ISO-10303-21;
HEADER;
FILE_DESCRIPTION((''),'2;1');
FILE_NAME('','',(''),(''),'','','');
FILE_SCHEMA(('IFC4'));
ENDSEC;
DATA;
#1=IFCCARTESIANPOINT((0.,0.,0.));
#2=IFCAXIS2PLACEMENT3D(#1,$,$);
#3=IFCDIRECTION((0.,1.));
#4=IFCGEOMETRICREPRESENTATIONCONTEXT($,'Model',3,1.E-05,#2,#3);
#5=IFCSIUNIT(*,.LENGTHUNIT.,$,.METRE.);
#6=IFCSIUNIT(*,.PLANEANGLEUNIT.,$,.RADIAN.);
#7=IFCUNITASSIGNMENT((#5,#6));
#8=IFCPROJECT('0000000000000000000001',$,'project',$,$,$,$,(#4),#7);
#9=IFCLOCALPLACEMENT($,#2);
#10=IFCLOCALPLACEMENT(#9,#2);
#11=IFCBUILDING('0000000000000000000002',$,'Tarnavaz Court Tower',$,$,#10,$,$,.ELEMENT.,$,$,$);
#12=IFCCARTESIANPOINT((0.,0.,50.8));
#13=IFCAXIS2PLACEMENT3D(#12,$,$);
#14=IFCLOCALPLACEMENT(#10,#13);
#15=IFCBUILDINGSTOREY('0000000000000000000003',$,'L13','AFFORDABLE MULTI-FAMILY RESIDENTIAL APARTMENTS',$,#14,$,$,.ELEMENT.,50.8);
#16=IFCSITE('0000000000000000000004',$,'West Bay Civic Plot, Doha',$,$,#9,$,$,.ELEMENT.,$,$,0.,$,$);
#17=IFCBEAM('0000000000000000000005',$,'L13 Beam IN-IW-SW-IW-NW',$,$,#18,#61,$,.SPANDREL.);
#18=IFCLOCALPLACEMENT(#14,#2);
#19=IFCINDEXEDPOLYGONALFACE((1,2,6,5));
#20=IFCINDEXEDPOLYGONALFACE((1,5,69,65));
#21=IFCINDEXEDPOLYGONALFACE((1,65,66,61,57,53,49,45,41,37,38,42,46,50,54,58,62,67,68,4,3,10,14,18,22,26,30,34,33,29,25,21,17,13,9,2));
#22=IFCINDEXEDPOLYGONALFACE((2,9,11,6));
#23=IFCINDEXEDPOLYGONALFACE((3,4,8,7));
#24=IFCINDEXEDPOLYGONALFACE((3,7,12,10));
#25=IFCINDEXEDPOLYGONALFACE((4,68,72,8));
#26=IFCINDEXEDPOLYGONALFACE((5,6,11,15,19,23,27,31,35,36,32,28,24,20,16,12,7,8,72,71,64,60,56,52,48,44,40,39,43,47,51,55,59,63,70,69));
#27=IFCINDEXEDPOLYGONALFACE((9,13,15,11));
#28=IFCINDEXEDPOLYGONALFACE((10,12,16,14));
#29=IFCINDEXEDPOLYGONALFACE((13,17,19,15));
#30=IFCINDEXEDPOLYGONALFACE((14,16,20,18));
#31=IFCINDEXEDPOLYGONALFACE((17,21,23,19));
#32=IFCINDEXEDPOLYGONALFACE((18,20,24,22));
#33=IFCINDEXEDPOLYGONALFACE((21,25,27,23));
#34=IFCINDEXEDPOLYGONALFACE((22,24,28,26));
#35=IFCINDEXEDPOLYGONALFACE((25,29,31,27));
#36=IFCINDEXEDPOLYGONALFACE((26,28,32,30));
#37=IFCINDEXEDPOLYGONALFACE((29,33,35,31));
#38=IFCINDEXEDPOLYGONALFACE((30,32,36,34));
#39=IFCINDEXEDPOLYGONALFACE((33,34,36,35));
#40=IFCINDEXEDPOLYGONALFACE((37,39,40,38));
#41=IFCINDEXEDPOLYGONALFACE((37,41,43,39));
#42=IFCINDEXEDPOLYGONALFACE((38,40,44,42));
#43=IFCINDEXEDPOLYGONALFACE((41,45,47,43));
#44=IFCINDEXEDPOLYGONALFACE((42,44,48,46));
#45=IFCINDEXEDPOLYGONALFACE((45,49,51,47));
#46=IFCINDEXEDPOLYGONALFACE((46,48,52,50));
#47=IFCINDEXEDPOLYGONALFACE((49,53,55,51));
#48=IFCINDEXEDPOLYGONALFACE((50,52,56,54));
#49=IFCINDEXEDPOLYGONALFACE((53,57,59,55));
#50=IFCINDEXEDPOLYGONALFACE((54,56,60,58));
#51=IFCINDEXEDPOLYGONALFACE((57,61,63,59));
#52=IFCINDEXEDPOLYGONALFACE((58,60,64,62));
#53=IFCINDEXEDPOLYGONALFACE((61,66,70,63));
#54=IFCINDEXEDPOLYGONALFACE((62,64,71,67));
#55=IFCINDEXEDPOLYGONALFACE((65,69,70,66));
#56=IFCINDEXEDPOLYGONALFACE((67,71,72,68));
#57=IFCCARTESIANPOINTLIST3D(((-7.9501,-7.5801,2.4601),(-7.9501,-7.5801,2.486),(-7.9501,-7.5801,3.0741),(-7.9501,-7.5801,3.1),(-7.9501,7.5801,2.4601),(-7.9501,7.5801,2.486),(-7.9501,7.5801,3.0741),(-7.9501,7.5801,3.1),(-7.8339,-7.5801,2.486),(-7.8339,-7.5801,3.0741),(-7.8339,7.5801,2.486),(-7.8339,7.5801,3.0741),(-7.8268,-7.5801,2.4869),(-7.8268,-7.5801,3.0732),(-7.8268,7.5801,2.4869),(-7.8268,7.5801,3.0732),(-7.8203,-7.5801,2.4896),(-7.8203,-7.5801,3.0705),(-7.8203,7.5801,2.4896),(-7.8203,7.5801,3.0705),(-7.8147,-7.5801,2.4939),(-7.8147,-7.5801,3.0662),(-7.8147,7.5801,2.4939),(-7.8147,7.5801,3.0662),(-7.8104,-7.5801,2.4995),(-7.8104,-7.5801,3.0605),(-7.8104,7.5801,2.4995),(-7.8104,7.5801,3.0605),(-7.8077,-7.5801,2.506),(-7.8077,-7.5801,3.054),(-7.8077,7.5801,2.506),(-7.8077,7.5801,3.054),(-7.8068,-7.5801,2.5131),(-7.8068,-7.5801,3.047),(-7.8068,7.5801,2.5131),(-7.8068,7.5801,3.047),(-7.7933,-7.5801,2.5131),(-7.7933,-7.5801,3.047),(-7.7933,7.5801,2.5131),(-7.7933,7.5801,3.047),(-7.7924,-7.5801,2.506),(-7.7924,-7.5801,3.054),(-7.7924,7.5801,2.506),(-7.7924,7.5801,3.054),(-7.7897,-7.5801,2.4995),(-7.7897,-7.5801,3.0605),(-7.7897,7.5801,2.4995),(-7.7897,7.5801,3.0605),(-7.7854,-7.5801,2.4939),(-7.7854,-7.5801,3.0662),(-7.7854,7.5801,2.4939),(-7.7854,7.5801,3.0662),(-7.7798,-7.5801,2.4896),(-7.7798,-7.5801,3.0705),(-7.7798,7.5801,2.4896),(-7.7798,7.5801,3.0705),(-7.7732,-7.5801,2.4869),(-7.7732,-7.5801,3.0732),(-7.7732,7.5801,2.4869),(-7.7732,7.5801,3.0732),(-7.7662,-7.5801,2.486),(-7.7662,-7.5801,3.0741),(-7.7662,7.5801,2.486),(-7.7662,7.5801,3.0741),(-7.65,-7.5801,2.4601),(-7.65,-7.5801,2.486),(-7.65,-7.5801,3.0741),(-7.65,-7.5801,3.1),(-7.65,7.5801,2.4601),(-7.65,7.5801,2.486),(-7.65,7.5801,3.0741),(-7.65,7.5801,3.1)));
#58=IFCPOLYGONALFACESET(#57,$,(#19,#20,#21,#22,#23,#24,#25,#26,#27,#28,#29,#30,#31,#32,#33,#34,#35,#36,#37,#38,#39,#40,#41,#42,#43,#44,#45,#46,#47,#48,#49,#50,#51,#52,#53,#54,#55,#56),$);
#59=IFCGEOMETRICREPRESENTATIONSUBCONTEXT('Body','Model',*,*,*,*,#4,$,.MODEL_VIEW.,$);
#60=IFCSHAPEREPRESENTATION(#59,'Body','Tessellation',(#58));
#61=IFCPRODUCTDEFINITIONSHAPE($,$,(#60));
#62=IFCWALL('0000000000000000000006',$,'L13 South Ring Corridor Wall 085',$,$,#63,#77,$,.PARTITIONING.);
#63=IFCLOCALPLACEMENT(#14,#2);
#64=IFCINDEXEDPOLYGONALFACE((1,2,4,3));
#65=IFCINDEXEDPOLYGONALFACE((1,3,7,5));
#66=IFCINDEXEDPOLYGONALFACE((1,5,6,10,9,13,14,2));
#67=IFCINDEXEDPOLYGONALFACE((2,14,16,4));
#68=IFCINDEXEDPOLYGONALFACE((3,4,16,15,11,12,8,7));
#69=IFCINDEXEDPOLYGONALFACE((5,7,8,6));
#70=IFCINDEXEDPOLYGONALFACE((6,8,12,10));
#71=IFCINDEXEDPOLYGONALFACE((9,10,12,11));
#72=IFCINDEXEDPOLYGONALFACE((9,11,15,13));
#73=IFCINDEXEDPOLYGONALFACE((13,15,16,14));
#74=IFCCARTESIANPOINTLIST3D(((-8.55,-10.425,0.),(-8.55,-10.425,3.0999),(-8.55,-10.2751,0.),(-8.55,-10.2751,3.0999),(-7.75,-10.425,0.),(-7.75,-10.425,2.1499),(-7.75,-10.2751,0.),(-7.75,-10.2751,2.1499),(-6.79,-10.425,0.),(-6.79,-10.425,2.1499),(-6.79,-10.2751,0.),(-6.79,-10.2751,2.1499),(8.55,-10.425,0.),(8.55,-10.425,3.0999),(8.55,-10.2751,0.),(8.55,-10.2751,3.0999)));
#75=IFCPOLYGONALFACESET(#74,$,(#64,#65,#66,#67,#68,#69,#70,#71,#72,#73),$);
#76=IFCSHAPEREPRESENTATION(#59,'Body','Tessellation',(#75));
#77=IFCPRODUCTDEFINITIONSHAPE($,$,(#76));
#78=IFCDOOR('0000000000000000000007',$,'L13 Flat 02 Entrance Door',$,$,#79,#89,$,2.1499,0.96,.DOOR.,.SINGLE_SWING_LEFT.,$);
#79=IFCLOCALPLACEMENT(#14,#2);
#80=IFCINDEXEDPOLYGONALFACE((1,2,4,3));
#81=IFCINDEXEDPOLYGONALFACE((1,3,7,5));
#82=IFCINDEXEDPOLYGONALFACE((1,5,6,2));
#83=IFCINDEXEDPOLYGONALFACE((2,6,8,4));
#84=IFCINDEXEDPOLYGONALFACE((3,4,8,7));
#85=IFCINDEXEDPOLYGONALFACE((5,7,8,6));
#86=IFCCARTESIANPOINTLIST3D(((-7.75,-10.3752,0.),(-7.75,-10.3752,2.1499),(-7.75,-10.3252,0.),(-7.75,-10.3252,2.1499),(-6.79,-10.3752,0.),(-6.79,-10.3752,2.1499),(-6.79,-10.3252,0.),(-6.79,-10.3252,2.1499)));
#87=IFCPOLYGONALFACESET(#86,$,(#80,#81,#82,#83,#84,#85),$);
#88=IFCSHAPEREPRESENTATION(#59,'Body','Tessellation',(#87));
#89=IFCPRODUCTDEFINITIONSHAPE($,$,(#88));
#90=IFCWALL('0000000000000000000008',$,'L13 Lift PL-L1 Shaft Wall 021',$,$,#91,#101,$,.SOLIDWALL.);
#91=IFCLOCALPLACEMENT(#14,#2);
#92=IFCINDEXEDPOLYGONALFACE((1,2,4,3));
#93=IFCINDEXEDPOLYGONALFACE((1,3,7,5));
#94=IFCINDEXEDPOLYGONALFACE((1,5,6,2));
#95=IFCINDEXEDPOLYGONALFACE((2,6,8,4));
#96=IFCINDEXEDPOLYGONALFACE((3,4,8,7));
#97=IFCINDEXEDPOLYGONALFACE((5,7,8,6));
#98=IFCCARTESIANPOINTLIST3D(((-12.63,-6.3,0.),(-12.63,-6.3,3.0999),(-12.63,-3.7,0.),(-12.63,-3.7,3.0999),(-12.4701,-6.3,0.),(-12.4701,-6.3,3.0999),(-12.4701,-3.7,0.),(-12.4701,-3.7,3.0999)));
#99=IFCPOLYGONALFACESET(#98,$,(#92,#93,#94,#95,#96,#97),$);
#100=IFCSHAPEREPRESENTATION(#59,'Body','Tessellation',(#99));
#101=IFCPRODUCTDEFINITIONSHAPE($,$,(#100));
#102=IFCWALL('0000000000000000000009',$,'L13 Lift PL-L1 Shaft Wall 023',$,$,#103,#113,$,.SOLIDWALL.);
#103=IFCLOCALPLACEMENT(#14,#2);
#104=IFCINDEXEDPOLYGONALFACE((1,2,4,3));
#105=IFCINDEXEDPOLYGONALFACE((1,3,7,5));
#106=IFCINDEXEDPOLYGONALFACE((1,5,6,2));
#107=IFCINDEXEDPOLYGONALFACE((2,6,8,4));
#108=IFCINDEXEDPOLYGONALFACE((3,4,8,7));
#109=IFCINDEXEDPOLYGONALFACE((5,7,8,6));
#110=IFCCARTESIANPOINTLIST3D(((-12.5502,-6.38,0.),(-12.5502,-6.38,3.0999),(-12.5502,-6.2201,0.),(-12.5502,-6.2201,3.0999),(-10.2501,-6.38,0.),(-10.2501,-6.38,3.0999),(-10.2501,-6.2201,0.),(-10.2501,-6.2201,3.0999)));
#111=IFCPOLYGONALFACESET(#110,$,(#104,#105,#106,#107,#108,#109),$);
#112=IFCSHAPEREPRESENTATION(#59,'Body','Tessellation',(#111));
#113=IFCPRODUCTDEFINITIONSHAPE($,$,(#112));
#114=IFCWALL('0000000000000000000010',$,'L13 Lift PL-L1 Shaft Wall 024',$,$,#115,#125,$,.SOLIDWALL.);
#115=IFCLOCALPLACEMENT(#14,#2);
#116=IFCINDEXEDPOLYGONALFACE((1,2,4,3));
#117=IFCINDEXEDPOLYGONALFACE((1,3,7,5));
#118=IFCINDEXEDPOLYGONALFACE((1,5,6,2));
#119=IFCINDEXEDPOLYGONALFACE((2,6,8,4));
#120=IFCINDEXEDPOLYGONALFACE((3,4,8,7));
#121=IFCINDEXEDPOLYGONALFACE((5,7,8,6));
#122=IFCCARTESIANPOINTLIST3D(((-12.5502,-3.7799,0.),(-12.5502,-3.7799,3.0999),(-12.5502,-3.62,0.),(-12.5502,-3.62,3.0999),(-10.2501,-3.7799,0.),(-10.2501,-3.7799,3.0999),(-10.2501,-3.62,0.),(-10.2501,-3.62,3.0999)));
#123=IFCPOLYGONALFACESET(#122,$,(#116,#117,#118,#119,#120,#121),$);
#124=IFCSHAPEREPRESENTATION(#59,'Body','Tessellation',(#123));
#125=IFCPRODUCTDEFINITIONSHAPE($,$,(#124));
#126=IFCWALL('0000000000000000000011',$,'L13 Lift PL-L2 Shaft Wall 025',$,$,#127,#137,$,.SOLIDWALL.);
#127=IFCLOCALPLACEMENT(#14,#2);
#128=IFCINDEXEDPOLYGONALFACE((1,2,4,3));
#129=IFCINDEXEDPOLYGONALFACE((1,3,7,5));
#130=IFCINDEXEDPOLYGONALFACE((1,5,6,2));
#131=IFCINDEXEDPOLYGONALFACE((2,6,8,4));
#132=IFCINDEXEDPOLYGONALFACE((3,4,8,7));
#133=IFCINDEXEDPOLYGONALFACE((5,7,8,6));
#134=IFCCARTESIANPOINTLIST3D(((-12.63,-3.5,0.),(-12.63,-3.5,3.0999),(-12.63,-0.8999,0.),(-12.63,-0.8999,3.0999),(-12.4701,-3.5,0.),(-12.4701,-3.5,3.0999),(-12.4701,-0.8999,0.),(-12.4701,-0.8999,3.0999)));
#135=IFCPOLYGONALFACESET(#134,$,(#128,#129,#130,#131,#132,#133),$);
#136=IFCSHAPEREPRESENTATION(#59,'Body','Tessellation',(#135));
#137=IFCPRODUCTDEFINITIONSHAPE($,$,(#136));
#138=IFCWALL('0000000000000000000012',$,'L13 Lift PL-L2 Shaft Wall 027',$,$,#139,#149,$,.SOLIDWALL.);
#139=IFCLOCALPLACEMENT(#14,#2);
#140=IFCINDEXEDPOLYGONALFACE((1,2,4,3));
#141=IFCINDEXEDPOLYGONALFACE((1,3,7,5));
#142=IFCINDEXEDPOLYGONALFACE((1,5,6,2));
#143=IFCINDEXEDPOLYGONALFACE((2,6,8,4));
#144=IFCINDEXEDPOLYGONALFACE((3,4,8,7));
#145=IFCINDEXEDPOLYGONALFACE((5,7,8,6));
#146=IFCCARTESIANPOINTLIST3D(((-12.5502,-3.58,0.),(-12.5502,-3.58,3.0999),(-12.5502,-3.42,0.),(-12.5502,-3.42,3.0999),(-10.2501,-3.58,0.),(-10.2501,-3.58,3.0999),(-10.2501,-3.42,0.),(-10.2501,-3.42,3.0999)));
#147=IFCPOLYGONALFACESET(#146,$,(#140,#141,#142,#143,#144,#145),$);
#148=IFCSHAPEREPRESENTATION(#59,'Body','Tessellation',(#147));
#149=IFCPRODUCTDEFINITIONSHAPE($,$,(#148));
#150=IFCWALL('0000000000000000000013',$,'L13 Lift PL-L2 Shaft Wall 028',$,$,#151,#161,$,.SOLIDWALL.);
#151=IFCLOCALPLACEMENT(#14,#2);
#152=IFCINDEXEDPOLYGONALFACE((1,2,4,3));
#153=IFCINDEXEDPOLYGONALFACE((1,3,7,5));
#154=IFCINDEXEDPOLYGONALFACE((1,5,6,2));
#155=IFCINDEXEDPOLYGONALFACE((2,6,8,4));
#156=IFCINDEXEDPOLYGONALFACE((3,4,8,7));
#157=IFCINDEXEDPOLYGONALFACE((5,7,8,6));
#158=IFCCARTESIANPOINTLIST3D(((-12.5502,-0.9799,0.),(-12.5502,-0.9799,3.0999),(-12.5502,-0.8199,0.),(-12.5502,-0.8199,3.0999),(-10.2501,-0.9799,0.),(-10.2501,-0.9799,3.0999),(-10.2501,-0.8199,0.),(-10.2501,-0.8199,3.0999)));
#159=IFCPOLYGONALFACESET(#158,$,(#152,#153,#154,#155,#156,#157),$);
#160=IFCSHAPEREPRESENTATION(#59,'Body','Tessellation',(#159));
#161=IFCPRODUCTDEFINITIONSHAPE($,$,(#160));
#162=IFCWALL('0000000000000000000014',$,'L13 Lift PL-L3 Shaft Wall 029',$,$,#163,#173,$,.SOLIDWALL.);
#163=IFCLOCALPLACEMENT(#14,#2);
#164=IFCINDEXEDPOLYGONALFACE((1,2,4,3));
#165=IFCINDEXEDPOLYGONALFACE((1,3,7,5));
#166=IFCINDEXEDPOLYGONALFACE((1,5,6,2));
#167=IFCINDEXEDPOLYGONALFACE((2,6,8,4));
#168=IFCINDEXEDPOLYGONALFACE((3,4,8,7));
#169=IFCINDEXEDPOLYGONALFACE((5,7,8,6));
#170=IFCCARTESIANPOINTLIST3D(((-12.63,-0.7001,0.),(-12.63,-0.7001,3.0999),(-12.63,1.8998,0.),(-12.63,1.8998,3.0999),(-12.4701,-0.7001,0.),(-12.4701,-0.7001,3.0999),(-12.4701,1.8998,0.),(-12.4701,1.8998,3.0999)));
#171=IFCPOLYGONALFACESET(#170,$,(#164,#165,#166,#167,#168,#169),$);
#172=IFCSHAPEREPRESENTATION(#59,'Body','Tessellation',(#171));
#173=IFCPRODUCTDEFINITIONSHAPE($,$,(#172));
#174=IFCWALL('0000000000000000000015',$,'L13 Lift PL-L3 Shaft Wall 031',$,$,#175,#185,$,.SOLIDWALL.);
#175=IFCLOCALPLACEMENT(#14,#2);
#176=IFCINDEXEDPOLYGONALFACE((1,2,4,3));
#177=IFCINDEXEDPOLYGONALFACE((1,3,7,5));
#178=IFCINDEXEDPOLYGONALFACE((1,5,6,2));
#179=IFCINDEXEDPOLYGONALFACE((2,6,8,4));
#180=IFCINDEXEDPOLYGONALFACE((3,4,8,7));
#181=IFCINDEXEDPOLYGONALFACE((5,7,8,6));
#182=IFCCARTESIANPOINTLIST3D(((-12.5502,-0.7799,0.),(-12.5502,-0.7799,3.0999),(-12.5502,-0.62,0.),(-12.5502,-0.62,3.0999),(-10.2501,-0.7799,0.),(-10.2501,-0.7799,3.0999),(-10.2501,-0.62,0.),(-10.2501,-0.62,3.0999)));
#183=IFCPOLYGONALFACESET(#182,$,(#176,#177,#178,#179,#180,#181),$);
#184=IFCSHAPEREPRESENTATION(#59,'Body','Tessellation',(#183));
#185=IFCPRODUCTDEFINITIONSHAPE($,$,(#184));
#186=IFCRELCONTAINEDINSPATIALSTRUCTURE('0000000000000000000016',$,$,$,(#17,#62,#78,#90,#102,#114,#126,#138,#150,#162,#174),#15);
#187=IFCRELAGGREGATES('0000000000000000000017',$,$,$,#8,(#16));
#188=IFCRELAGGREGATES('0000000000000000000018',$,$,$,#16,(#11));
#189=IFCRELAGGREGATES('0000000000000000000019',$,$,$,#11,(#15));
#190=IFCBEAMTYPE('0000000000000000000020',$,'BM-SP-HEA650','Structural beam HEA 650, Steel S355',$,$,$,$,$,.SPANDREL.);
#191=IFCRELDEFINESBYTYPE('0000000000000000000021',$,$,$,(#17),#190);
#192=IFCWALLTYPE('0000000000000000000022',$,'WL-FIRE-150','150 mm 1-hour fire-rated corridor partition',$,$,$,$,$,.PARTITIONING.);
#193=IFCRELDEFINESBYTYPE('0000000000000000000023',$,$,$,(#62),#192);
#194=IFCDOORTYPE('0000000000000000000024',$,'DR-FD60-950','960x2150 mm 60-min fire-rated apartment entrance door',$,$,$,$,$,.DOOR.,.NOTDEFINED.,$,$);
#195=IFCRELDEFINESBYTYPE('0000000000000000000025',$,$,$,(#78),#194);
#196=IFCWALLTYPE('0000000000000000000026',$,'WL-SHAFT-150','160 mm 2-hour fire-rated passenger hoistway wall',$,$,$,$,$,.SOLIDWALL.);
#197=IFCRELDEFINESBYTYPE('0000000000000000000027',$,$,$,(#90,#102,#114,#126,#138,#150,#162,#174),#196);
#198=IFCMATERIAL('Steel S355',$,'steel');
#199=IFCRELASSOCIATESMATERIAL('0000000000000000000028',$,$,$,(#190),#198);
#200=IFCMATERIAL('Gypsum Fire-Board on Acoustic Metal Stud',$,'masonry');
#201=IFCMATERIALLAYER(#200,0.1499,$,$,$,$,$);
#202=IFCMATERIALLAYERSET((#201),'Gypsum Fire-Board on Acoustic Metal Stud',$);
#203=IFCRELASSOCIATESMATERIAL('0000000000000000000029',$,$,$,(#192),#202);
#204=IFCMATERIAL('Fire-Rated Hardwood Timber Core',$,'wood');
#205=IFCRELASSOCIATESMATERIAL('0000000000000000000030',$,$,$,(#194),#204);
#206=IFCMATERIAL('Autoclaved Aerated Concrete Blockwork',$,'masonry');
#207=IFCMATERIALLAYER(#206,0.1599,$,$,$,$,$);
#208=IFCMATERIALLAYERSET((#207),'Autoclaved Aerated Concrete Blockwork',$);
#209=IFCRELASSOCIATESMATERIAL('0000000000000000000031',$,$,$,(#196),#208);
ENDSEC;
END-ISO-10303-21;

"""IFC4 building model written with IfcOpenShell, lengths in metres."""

from ifc_helpers import new_model, si_unit, direction, frame, frame_2d, origin, origin_2d, place, context, subcontext, project, spatial, rectangle, i_section, extrude, material, layer, layer_set, material_profile, profile_set, type_object, element, fill, save


model = new_model("IFC4")

# Units and contexts
model_context = context("Model", 3, precision=1e-05, world=origin(), true_north=direction((0.0, 1.0)))
body_context = subcontext(model_context, "Body", "Model", "MODEL_VIEW")
ifc_project = project(units=[si_unit("LENGTHUNIT", "METRE"), si_unit("PLANEANGLEUNIT", "RADIAN")], contexts=[model_context])

# Site, building, storey
site_placement = place(None, origin())
site = spatial("IfcSite", under=ifc_project, at=site_placement, Name="West Bay Civic Plot, Doha", CompositionType="ELEMENT", RefElevation=0.0)
building_placement = place(site_placement, origin())
building = spatial("IfcBuilding", under=site, at=building_placement, Name="Tarnavaz Court Tower", CompositionType="ELEMENT")
storey_placement = place(building_placement, frame((0.0, 0.0, 50.8)))
storey = spatial("IfcBuildingStorey", under=building, at=storey_placement, Name="L13", Description="AFFORDABLE MULTI-FAMILY RESIDENTIAL APARTMENTS", CompositionType="ELEMENT", Elevation=50.8)

# Beam
ifc_material_1 = material(Name="Steel S355", Category="steel")
ifc_material_profile_1 = material_profile(ifc_material_1, i_section(OverallWidth=0.3, OverallDepth=0.6399, WebThickness=0.0134, FlangeThickness=0.0259, FilletRadius=0.0271, at=origin_2d()), Name="HEA 650")
ifc_profile_set_1 = profile_set([ifc_material_profile_1], Name="Steel S355")
beam_type_1 = type_object("IfcBeamType", Name="BM-SP-HEA650", Description="Structural beam HEA 650, Steel S355", PredefinedType="SPANDREL", material=ifc_profile_set_1)
for number, where, z_axis, x_axis, name in (
    (1, (-7.8, -7.5801, 2.78), (0.0, 1.0, 0.0), (-1.0, 0.0, 0.0), "L13 Beam IN-IW-SW-IW-NW"),
):
    element("IfcBeam", number, at=place(storey_placement, frame(where, z_axis=z_axis, x_axis=x_axis)), inside=storey, type_object=beam_type_1, Name=name, PredefinedType="SPANDREL", context=body_context, shape_type="SweptSolid", body=[
        extrude(i_section(OverallWidth=0.3, OverallDepth=0.6399, WebThickness=0.0134, FlangeThickness=0.0259, FilletRadius=0.0271, at=origin_2d()), origin(), (0.0, 0.0, 1.0), 15.1602),
    ])

# Wall, opening, door
ifc_material_2 = material(Name="Gypsum Fire-Board on Acoustic Metal Stud", Category="masonry")
ifc_layer_1 = layer(ifc_material_2, 0.1499)
ifc_layer_set_1 = layer_set([ifc_layer_1], Name="Gypsum Fire-Board on Acoustic Metal Stud")
wall_type_1 = type_object("IfcWallType", Name="WL-FIRE-150", Description="150 mm 1-hour fire-rated corridor partition", PredefinedType="PARTITIONING", material=ifc_layer_set_1)
wall_1_placement = place(storey_placement, frame((-8.55, -10.3501, 0.0), z_axis=(0.0, 0.0, 1.0), x_axis=(1.0, 0.0, 0.0)))
wall_1 = element("IfcWall", 2, at=wall_1_placement, inside=storey, type_object=wall_type_1, Name="L13 South Ring Corridor Wall 085", PredefinedType="PARTITIONING", context=body_context, shape_type="SweptSolid", body=[
    extrude(rectangle(XDim=17.1001, YDim=0.1499, at=frame_2d((8.55, 0.0))), origin(), (0.0, 0.0, 1.0), 3.0999),
])
opening_1_placement = place(wall_1_placement, frame((0.8, 0.0, 0.0)))
opening_1 = element("IfcOpeningElement", 3, at=opening_1_placement, cuts=wall_1, PredefinedType="OPENING", context=body_context, shape_type="SweptSolid", body=[
    extrude(rectangle(XDim=0.96, YDim=2.1499, at=frame_2d((0.48, 1.075))), frame((0.0, 0.085, 0.0), z_axis=(0.0, -1.0, 0.0), x_axis=(1.0, 0.0, 0.0)), (0.0, 0.0, 1.0), 0.1699),
])
ifc_material_3 = material(Name="Fire-Rated Hardwood Timber Core", Category="wood")
door_type_1 = type_object("IfcDoorType", Name="DR-FD60-950", Description="960x2150 mm 60-min fire-rated apartment entrance door", OperationType="NOTDEFINED", PredefinedType="DOOR", material=ifc_material_3)
door_1_placement = place(opening_1_placement, origin())
door_1 = element("IfcDoor", 4, at=door_1_placement, inside=storey, type_object=door_type_1, Name="L13 Flat 02 Entrance Door", OperationType="SINGLE_SWING_LEFT", OverallHeight=2.1499, OverallWidth=0.96, PredefinedType="DOOR", context=body_context, shape_type="SweptSolid", body=[
    extrude(rectangle(XDim=0.96, YDim=2.1499, at=frame_2d((0.48, 1.075))), frame((0.0, 0.0249, 0.0), z_axis=(0.0, -1.0, 0.0), x_axis=(1.0, 0.0, 0.0)), (0.0, 0.0, 1.0), 0.05),
])
fill(opening_1, door_1)

# Wall
ifc_material_4 = material(Name="Autoclaved Aerated Concrete Blockwork", Category="masonry")
ifc_layer_2 = layer(ifc_material_4, 0.1599)
ifc_layer_set_2 = layer_set([ifc_layer_2], Name="Autoclaved Aerated Concrete Blockwork")
wall_type_2 = type_object("IfcWallType", Name="WL-SHAFT-150", Description="160 mm 2-hour fire-rated passenger hoistway wall", PredefinedType="SOLIDWALL", material=ifc_layer_set_2)
wall_2_placement = place(storey_placement, frame((-12.55, -6.3, 0.0), z_axis=(0.0, 0.0, 1.0), x_axis=(0.0, 1.0, 0.0)))
element("IfcWall", 5, at=wall_2_placement, inside=storey, type_object=wall_type_2, Name="L13 Lift PL-L1 Shaft Wall 021", PredefinedType="SOLIDWALL", context=body_context, shape_type="SweptSolid", body=[
    extrude(rectangle(XDim=2.6001, YDim=0.1599, at=frame_2d((1.3, 0.0))), origin(), (0.0, 0.0, 1.0), 3.0999),
])

# Walls
for number, where, z_axis, x_axis, name in (
    (6, (-12.55, -6.3, 0.0), (0.0, 0.0, 1.0), (1.0, 0.0, 0.0), "L13 Lift PL-L1 Shaft Wall 023"),
    (7, (-12.55, -3.7, 0.0), (0.0, 0.0, 1.0), (1.0, 0.0, 0.0), "L13 Lift PL-L1 Shaft Wall 024"),
):
    element("IfcWall", number, at=place(storey_placement, frame(where, z_axis=z_axis, x_axis=x_axis)), inside=storey, type_object=wall_type_2, Name=name, PredefinedType="SOLIDWALL", context=body_context, shape_type="SweptSolid", body=[
        extrude(rectangle(XDim=2.3, YDim=0.1599, at=frame_2d((1.1499, 0.0))), origin(), (0.0, 0.0, 1.0), 3.0999),
    ])
wall_3_placement = place(storey_placement, frame((-12.55, -3.5, 0.0), z_axis=(0.0, 0.0, 1.0), x_axis=(0.0, 1.0, 0.0)))
element("IfcWall", 8, at=wall_3_placement, inside=storey, type_object=wall_type_2, Name="L13 Lift PL-L2 Shaft Wall 025", PredefinedType="SOLIDWALL", context=body_context, shape_type="SweptSolid", body=[
    extrude(rectangle(XDim=2.6001, YDim=0.1599, at=frame_2d((1.3, 0.0))), origin(), (0.0, 0.0, 1.0), 3.0999),
])

# Walls
for number, where, z_axis, x_axis, name in (
    (9, (-12.55, -3.5, 0.0), (0.0, 0.0, 1.0), (1.0, 0.0, 0.0), "L13 Lift PL-L2 Shaft Wall 027"),
    (10, (-12.55, -0.8999, 0.0), (0.0, 0.0, 1.0), (1.0, 0.0, 0.0), "L13 Lift PL-L2 Shaft Wall 028"),
):
    element("IfcWall", number, at=place(storey_placement, frame(where, z_axis=z_axis, x_axis=x_axis)), inside=storey, type_object=wall_type_2, Name=name, PredefinedType="SOLIDWALL", context=body_context, shape_type="SweptSolid", body=[
        extrude(rectangle(XDim=2.3, YDim=0.1599, at=frame_2d((1.1499, 0.0))), origin(), (0.0, 0.0, 1.0), 3.0999),
    ])
wall_4_placement = place(storey_placement, frame((-12.55, -0.7, 0.0), z_axis=(0.0, 0.0, 1.0), x_axis=(0.0, 1.0, 0.0)))
element("IfcWall", 11, at=wall_4_placement, inside=storey, type_object=wall_type_2, Name="L13 Lift PL-L3 Shaft Wall 029", PredefinedType="SOLIDWALL", context=body_context, shape_type="SweptSolid", body=[
    extrude(rectangle(XDim=2.5999, YDim=0.1599, at=frame_2d((1.2998, 0.0))), origin(), (0.0, 0.0, 1.0), 3.0999),
])

# Wall
wall_5_placement = place(storey_placement, frame((-12.55, -0.7, 0.0), z_axis=(0.0, 0.0, 1.0), x_axis=(1.0, 0.0, 0.0)))
element("IfcWall", 12, at=wall_5_placement, inside=storey, type_object=wall_type_2, Name="L13 Lift PL-L3 Shaft Wall 031", PredefinedType="SOLIDWALL", context=body_context, shape_type="SweptSolid", body=[
    extrude(rectangle(XDim=2.3, YDim=0.1599, at=frame_2d((1.1499, 0.0))), origin(), (0.0, 0.0, 1.0), 3.0999),
])

save(model, "model.ifc")
